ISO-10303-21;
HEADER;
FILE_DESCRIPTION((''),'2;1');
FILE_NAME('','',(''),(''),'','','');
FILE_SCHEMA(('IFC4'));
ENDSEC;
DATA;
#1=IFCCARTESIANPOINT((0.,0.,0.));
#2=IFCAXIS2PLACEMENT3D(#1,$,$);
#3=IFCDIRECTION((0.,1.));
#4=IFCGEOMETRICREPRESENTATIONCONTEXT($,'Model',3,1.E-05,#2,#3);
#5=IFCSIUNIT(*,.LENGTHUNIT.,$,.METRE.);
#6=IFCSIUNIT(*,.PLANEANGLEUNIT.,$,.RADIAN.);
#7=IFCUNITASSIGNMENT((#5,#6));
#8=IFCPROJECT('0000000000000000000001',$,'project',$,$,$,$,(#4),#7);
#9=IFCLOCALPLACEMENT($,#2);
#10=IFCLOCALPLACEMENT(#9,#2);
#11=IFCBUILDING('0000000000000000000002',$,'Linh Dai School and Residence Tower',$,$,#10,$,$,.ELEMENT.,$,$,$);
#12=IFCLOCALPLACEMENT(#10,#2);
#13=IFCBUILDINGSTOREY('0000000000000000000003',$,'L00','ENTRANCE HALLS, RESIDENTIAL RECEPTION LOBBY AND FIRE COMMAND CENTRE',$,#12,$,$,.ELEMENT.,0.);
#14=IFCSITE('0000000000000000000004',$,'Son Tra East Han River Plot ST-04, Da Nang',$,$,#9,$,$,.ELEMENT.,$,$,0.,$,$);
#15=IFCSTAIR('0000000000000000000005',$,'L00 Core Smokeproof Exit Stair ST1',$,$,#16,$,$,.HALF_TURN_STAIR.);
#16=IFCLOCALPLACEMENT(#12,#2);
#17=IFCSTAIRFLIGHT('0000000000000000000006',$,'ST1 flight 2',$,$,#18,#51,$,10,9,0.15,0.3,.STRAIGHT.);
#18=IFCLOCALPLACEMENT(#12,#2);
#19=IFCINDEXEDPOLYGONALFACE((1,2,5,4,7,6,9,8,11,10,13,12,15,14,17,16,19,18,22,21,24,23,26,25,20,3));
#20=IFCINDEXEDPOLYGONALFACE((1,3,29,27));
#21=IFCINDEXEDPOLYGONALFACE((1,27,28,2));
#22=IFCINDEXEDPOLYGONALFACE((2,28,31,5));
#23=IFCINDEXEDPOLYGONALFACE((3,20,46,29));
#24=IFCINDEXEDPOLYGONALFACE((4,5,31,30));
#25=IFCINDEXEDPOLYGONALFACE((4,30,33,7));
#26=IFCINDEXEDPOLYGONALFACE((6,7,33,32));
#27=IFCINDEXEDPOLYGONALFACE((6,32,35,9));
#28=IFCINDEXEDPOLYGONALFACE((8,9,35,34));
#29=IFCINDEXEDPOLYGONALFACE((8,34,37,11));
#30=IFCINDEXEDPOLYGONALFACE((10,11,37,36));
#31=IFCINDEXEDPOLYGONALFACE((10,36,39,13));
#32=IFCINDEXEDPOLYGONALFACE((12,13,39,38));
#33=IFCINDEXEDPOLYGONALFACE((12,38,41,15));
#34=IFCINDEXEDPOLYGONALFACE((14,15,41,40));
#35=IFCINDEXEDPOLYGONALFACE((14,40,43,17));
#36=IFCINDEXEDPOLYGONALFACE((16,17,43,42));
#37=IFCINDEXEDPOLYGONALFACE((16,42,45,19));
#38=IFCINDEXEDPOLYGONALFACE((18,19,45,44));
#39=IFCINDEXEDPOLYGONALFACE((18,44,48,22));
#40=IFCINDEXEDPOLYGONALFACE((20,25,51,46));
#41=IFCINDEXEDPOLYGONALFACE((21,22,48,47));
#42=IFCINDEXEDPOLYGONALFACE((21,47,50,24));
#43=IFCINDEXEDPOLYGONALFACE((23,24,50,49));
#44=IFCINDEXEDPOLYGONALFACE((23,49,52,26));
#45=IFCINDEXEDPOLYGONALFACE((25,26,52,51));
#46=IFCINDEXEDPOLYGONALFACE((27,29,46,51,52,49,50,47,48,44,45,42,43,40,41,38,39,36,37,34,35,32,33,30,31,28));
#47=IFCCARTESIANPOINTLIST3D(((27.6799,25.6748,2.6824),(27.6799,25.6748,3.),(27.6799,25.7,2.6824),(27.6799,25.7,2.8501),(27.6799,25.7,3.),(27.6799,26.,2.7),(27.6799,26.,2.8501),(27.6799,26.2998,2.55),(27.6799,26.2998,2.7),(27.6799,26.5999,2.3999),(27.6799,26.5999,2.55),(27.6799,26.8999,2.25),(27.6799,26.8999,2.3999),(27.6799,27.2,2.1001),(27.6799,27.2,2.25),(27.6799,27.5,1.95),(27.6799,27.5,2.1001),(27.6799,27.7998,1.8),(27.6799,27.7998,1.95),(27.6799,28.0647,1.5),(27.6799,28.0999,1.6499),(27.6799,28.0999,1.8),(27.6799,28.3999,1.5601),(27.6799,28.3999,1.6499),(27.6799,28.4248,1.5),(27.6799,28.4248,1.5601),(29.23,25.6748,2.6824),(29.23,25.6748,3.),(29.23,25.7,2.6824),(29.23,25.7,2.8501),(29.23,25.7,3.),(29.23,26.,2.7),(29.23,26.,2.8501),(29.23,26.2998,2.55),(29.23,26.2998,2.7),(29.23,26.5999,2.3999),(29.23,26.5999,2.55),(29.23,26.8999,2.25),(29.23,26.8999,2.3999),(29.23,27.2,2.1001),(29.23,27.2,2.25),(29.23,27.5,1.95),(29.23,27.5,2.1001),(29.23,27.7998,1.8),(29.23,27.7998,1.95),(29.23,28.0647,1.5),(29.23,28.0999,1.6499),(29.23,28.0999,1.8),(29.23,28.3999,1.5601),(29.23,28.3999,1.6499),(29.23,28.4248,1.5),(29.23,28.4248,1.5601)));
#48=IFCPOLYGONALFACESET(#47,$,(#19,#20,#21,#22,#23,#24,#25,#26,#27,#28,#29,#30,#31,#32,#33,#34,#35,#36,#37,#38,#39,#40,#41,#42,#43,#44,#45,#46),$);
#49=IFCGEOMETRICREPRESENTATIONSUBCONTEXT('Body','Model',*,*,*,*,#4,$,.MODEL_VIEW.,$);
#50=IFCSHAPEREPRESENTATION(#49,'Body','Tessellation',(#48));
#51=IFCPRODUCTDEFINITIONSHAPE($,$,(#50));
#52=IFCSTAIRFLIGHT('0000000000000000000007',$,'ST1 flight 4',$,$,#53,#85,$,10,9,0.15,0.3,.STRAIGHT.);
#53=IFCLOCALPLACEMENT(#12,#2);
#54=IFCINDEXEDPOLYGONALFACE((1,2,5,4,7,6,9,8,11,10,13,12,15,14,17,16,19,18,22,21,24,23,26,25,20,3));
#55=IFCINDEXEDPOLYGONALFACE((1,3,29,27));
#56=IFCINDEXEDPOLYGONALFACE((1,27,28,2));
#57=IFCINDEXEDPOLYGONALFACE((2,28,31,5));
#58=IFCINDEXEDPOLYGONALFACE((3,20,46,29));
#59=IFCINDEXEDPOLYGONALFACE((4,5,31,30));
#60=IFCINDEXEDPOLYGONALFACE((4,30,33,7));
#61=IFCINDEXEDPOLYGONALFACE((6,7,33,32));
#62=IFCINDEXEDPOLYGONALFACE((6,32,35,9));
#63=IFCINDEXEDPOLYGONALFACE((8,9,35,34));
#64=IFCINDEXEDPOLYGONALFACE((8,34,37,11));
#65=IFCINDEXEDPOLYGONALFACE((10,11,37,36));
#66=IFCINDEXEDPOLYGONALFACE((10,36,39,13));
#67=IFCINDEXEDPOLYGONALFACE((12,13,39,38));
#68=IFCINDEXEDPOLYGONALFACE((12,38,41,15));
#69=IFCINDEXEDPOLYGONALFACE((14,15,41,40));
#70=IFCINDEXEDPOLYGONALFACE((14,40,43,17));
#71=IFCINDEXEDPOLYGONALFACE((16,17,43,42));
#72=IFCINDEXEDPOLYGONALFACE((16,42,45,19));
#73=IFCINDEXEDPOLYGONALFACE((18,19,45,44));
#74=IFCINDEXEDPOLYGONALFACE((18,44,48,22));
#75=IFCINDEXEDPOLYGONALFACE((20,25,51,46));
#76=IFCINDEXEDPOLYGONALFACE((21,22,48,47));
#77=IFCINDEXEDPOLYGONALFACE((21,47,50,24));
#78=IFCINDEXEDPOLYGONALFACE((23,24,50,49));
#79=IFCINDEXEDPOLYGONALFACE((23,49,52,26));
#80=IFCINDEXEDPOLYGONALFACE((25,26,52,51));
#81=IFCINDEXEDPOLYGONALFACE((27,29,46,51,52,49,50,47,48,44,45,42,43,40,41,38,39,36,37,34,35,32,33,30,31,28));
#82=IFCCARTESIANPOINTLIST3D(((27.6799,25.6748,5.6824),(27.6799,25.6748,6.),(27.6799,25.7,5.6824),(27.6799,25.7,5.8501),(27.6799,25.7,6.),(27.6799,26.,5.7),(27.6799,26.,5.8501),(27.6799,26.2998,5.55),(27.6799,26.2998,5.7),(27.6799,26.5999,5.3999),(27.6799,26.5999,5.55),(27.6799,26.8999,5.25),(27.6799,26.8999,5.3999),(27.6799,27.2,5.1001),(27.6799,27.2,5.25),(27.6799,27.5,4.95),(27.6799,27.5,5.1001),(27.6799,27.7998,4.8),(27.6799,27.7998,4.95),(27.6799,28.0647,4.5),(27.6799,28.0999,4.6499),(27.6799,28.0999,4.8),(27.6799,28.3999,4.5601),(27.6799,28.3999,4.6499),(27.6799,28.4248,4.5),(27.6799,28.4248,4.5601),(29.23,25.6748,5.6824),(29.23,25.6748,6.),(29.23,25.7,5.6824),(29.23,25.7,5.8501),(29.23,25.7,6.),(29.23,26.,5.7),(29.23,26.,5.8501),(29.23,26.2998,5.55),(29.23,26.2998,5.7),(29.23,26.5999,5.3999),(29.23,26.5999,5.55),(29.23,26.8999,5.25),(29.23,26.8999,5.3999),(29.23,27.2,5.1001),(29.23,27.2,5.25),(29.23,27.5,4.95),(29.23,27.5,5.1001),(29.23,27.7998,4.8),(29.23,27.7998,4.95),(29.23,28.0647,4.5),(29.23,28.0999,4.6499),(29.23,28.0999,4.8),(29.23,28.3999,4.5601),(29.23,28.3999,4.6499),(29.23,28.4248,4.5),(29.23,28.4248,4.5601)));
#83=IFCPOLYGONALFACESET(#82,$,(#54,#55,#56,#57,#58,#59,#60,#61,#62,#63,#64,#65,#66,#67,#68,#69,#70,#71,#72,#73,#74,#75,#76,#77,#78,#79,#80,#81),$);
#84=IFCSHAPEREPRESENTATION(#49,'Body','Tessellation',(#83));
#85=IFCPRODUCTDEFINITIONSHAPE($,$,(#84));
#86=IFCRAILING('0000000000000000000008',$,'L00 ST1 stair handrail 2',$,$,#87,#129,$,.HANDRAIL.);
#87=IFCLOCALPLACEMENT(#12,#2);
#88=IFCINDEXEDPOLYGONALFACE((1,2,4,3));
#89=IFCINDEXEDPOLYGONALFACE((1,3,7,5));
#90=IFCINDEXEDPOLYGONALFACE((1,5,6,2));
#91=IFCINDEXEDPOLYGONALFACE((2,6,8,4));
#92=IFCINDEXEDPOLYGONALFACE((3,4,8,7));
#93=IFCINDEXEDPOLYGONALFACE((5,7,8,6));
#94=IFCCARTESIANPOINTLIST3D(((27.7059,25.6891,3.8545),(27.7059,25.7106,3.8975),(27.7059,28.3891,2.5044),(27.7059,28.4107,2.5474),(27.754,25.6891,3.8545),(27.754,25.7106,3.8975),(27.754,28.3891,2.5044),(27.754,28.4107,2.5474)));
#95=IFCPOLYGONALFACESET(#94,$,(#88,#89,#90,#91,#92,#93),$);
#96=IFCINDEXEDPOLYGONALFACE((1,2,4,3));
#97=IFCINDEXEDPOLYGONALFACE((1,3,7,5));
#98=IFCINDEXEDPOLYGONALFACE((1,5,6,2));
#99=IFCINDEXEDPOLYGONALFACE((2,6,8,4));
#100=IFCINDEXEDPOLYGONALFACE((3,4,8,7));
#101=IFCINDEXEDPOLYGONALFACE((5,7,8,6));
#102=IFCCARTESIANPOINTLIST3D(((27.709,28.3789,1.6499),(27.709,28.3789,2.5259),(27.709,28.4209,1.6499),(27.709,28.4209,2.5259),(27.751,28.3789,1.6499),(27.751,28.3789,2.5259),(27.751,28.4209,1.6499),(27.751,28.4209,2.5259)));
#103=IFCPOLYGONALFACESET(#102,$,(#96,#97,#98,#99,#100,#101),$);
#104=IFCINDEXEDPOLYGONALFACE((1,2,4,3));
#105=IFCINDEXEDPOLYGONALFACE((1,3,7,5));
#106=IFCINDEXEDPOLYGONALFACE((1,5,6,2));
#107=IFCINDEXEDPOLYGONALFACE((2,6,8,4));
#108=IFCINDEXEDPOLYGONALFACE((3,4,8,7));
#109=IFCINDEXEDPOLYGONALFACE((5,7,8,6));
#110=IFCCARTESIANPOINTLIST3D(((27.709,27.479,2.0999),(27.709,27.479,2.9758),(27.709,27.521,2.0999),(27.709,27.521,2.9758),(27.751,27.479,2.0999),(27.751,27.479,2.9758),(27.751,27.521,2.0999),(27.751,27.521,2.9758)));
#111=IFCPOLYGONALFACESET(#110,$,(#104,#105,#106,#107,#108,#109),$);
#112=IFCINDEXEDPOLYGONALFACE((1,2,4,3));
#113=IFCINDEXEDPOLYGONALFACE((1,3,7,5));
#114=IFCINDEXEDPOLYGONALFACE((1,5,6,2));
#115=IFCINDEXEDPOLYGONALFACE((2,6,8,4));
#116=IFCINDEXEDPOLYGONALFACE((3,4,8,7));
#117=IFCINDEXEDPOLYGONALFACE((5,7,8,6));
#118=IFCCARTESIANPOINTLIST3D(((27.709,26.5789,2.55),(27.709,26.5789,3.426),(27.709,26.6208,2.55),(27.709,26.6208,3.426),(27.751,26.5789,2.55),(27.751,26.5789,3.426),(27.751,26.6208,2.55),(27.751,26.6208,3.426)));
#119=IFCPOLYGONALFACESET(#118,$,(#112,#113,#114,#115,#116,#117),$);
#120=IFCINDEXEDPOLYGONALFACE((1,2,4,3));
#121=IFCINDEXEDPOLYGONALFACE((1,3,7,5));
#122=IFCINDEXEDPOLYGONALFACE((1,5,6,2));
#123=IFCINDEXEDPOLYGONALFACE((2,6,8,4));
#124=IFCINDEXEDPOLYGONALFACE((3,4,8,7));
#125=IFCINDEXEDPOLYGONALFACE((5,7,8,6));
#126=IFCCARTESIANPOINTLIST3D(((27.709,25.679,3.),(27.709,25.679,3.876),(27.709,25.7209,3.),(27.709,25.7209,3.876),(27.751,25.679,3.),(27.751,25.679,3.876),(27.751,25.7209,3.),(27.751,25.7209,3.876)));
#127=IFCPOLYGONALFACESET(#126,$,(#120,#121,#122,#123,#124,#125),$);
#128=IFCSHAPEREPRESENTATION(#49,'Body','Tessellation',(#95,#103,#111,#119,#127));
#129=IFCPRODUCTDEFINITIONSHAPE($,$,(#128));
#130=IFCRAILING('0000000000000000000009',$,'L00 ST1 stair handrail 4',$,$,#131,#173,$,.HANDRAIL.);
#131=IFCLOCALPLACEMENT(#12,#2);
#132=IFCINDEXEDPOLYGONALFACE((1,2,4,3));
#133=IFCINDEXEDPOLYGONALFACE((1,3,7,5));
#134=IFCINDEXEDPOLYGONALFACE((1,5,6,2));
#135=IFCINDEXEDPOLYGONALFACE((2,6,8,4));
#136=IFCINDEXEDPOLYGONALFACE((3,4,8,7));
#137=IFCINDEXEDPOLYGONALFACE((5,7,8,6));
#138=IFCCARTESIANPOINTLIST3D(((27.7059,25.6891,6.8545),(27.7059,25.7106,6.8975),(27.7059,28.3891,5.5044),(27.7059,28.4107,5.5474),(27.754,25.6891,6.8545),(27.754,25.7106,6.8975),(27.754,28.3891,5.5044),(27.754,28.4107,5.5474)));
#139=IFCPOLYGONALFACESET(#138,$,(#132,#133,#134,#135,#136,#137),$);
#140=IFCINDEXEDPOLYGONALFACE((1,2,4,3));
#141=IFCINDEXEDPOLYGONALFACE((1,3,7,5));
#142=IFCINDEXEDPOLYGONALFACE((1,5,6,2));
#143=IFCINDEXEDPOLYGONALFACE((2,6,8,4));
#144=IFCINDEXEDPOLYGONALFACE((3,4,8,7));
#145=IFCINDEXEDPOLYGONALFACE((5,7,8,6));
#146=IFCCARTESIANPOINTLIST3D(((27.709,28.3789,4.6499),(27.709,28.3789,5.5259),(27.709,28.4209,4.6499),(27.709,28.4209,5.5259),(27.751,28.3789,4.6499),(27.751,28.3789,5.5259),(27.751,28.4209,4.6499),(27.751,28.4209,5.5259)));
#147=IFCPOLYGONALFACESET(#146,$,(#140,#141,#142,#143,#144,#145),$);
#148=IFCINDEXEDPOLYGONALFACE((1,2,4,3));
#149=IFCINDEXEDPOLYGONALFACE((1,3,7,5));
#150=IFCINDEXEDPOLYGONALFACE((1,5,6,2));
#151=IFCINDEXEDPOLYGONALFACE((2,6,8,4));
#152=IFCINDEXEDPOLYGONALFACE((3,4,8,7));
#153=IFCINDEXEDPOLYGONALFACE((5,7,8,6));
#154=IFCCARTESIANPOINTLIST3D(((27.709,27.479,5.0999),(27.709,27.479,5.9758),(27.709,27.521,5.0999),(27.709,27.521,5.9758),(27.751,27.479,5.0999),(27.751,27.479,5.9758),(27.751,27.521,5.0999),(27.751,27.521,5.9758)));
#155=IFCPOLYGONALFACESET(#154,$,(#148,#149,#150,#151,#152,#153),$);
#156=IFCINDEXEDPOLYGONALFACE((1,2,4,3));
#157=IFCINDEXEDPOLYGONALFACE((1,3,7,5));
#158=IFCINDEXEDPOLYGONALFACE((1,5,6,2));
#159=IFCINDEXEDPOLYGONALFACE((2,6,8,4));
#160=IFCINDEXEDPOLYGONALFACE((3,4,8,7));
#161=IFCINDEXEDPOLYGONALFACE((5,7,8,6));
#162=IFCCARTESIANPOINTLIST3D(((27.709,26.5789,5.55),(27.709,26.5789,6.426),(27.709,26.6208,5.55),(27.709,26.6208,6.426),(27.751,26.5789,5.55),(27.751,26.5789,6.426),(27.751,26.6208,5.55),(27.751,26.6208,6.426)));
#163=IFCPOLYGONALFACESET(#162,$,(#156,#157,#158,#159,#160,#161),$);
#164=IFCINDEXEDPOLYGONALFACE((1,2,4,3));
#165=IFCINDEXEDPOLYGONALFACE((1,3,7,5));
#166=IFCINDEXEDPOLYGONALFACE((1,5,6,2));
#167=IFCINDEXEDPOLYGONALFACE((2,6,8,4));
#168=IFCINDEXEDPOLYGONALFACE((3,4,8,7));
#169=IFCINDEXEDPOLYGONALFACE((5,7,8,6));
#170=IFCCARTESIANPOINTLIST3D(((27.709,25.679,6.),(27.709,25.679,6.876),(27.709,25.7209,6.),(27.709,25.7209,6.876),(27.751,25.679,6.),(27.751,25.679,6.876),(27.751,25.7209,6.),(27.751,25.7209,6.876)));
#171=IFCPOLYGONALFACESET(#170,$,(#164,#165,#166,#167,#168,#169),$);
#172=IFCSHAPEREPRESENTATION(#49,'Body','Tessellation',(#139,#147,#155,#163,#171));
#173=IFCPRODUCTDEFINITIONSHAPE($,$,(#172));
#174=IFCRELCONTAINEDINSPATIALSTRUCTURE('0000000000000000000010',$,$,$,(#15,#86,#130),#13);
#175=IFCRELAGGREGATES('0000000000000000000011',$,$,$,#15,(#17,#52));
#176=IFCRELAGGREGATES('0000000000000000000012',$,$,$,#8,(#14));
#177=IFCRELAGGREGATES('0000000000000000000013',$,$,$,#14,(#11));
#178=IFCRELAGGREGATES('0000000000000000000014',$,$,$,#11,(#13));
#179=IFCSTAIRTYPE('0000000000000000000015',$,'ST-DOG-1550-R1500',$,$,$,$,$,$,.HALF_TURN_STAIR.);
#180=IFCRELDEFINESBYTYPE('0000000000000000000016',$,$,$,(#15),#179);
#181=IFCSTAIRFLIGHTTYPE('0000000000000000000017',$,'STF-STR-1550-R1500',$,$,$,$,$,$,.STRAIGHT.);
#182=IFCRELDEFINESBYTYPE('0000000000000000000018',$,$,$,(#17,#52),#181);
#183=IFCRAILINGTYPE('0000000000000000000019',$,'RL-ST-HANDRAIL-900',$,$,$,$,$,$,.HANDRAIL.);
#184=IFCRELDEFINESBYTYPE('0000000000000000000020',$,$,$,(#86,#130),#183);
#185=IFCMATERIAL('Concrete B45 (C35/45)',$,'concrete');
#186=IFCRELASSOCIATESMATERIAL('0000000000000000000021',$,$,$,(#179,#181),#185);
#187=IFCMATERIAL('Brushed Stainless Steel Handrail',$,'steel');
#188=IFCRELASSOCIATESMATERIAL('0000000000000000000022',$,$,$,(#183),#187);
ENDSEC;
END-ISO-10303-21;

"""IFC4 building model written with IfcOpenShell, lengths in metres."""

from ifc_helpers import new_model, si_unit, direction, frame, origin, origin_2d, place, context, subcontext, project, spatial, polyline, rectangle, outline, extrude, source, transform, mapped, material, type_object, element, aggregate, save


model = new_model("IFC4")

# Units and contexts
model_context = context("Model", 3, precision=1e-05, world=origin(), true_north=direction((0.0, 1.0)))
body_context = subcontext(model_context, "Body", "Model", "MODEL_VIEW")
ifc_project = project(units=[si_unit("LENGTHUNIT", "METRE"), si_unit("PLANEANGLEUNIT", "RADIAN")], contexts=[model_context])

# Site, building, storey
site_placement = place(None, origin())
site = spatial("IfcSite", under=ifc_project, at=site_placement, Name="Son Tra East Han River Plot ST-04, Da Nang", CompositionType="ELEMENT", RefElevation=0.0)
building_placement = place(site_placement, origin())
building = spatial("IfcBuilding", under=site, at=building_placement, Name="Linh Dai School and Residence Tower", CompositionType="ELEMENT")
storey_placement = place(building_placement, origin())
storey = spatial("IfcBuildingStorey", under=building, at=storey_placement, Name="L00", Description="ENTRANCE HALLS, RESIDENTIAL RECEPTION LOBBY AND FIRE COMMAND CENTRE", CompositionType="ELEMENT", Elevation=0.0)

# Shared definitions
ifc_material_1 = material(Name="Concrete B45 (C35/45)", Category="concrete")

# Stair, stair flights
stair_type = type_object("IfcStairType", Name="ST-DOG-1550-R1500", PredefinedType="HALF_TURN_STAIR", material=ifc_material_1)
stair_placement = place(storey_placement, origin())
stair = element("IfcStair", 1, at=stair_placement, inside=storey, type_object=stair_type, Name="L00 Core Smokeproof Exit Stair ST1", PredefinedType="HALF_TURN_STAIR")
stair_flight_type = type_object("IfcStairFlightType", Name="STF-STR-1550-R1500", PredefinedType="STRAIGHT", material=ifc_material_1)
shared_shape_1 = source(origin(), body_context, "Body", "SweptSolid", [
    extrude(outline(polyline([(-0.0249, 0.0), (-0.0249, 0.0601), (0.0, 0.0601), (0.0, 0.1499), (0.3, 0.1499), (0.3, 0.3), (0.6001, 0.3), (0.6001, 0.45), (0.8999, 0.45), (0.8999, 0.6001), (1.2, 0.6001), (1.2, 0.75), (1.5, 0.75), (1.5, 0.8999), (1.8, 0.8999), (1.8, 1.05), (2.1001, 1.05), (2.1001, 1.2), (2.3999, 1.2), (2.3999, 1.3501), (2.7, 1.3501), (2.7, 1.5), (2.7251, 1.5), (2.7251, 1.1824), (2.7, 1.1824), (0.3352, 0.0), (-0.0249, 0.0)])), frame((0.0, 0.7749, 0.0), z_axis=(0.0, -1.0, 0.0), x_axis=(1.0, 0.0, 0.0)), (0.0, 0.0, 1.0), 1.55),
])
stair_flight_1_placement = place(storey_placement, frame((28.4551, 28.3999, 1.5), z_axis=(0.0, 0.0, 1.0), x_axis=(0.0, -1.0, 0.0)))
stair_flight_1 = element("IfcStairFlight", 2, at=stair_flight_1_placement, type_object=stair_flight_type, Name="ST1 flight 2", NumberOfRisers=10, NumberOfTreads=9, PredefinedType="STRAIGHT", RiserHeight=0.15, TreadLength=0.3, context=body_context, shape_type="MappedRepresentation", body=[
    mapped(shared_shape_1, transform((0.0, 0.0, 0.0), x_axis=(1.0, 0.0, 0.0), y_axis=(0.0, 1.0, 0.0), z_axis=(0.0, 0.0, 1.0), scale=1.0)),
])
stair_flight_2_placement = place(storey_placement, frame((28.4551, 28.3999, 4.5), z_axis=(0.0, 0.0, 1.0), x_axis=(0.0, -1.0, 0.0)))
stair_flight_2 = element("IfcStairFlight", 3, at=stair_flight_2_placement, type_object=stair_flight_type, Name="ST1 flight 4", NumberOfRisers=10, NumberOfTreads=9, PredefinedType="STRAIGHT", RiserHeight=0.15, TreadLength=0.3, context=body_context, shape_type="MappedRepresentation", body=[
    mapped(shared_shape_1, transform((0.0, 0.0, 0.0), x_axis=(1.0, 0.0, 0.0), y_axis=(0.0, 1.0, 0.0), z_axis=(0.0, 0.0, 1.0), scale=1.0)),
])
aggregate(stair, [stair_flight_1, stair_flight_2])

# Railings
ifc_material_2 = material(Name="Brushed Stainless Steel Handrail", Category="steel")
railing_type_1 = type_object("IfcRailingType", Name="RL-ST-HANDRAIL-900", PredefinedType="HANDRAIL", material=ifc_material_2)
shared_shape_2 = source(origin(), body_context, "Body", "SweptSolid", [
    extrude(rectangle(XDim=0.0481, YDim=0.0481, at=origin_2d()), frame((0.0, 0.0, 0.876), z_axis=(0.0, -0.894411, 0.447246), x_axis=(1.0, 0.0, 0.0)), (0.0, 0.0, 1.0), 3.0188),
    extrude(rectangle(XDim=0.042, YDim=0.042, at=origin_2d()), origin(), (0.0, 0.0, 1.0), 0.876),
    extrude(rectangle(XDim=0.042, YDim=0.042, at=origin_2d()), frame((0.0, -0.8999, 0.45)), (0.0, 0.0, 1.0), 0.876),
    extrude(rectangle(XDim=0.042, YDim=0.042, at=origin_2d()), frame((0.0, -1.8, 0.9001)), (0.0, 0.0, 1.0), 0.876),
    extrude(rectangle(XDim=0.042, YDim=0.042, at=origin_2d()), frame((0.0, -2.7, 1.3501)), (0.0, 0.0, 1.0), 0.876),
])
for number, where, name in (
    (4, (27.73, 28.3999, 1.6499), "L00 ST1 stair handrail 2"),
    (5, (27.73, 28.3999, 4.6499), "L00 ST1 stair handrail 4"),
):
    element("IfcRailing", number, at=place(storey_placement, frame(where)), inside=storey, type_object=railing_type_1, Name=name, PredefinedType="HANDRAIL", context=body_context, shape_type="MappedRepresentation", body=[
        mapped(shared_shape_2, transform((0.0, 0.0, 0.0), x_axis=(1.0, 0.0, 0.0), y_axis=(0.0, 1.0, 0.0), z_axis=(0.0, 0.0, 1.0), scale=1.0)),
    ])

save(model, "model.ifc")
